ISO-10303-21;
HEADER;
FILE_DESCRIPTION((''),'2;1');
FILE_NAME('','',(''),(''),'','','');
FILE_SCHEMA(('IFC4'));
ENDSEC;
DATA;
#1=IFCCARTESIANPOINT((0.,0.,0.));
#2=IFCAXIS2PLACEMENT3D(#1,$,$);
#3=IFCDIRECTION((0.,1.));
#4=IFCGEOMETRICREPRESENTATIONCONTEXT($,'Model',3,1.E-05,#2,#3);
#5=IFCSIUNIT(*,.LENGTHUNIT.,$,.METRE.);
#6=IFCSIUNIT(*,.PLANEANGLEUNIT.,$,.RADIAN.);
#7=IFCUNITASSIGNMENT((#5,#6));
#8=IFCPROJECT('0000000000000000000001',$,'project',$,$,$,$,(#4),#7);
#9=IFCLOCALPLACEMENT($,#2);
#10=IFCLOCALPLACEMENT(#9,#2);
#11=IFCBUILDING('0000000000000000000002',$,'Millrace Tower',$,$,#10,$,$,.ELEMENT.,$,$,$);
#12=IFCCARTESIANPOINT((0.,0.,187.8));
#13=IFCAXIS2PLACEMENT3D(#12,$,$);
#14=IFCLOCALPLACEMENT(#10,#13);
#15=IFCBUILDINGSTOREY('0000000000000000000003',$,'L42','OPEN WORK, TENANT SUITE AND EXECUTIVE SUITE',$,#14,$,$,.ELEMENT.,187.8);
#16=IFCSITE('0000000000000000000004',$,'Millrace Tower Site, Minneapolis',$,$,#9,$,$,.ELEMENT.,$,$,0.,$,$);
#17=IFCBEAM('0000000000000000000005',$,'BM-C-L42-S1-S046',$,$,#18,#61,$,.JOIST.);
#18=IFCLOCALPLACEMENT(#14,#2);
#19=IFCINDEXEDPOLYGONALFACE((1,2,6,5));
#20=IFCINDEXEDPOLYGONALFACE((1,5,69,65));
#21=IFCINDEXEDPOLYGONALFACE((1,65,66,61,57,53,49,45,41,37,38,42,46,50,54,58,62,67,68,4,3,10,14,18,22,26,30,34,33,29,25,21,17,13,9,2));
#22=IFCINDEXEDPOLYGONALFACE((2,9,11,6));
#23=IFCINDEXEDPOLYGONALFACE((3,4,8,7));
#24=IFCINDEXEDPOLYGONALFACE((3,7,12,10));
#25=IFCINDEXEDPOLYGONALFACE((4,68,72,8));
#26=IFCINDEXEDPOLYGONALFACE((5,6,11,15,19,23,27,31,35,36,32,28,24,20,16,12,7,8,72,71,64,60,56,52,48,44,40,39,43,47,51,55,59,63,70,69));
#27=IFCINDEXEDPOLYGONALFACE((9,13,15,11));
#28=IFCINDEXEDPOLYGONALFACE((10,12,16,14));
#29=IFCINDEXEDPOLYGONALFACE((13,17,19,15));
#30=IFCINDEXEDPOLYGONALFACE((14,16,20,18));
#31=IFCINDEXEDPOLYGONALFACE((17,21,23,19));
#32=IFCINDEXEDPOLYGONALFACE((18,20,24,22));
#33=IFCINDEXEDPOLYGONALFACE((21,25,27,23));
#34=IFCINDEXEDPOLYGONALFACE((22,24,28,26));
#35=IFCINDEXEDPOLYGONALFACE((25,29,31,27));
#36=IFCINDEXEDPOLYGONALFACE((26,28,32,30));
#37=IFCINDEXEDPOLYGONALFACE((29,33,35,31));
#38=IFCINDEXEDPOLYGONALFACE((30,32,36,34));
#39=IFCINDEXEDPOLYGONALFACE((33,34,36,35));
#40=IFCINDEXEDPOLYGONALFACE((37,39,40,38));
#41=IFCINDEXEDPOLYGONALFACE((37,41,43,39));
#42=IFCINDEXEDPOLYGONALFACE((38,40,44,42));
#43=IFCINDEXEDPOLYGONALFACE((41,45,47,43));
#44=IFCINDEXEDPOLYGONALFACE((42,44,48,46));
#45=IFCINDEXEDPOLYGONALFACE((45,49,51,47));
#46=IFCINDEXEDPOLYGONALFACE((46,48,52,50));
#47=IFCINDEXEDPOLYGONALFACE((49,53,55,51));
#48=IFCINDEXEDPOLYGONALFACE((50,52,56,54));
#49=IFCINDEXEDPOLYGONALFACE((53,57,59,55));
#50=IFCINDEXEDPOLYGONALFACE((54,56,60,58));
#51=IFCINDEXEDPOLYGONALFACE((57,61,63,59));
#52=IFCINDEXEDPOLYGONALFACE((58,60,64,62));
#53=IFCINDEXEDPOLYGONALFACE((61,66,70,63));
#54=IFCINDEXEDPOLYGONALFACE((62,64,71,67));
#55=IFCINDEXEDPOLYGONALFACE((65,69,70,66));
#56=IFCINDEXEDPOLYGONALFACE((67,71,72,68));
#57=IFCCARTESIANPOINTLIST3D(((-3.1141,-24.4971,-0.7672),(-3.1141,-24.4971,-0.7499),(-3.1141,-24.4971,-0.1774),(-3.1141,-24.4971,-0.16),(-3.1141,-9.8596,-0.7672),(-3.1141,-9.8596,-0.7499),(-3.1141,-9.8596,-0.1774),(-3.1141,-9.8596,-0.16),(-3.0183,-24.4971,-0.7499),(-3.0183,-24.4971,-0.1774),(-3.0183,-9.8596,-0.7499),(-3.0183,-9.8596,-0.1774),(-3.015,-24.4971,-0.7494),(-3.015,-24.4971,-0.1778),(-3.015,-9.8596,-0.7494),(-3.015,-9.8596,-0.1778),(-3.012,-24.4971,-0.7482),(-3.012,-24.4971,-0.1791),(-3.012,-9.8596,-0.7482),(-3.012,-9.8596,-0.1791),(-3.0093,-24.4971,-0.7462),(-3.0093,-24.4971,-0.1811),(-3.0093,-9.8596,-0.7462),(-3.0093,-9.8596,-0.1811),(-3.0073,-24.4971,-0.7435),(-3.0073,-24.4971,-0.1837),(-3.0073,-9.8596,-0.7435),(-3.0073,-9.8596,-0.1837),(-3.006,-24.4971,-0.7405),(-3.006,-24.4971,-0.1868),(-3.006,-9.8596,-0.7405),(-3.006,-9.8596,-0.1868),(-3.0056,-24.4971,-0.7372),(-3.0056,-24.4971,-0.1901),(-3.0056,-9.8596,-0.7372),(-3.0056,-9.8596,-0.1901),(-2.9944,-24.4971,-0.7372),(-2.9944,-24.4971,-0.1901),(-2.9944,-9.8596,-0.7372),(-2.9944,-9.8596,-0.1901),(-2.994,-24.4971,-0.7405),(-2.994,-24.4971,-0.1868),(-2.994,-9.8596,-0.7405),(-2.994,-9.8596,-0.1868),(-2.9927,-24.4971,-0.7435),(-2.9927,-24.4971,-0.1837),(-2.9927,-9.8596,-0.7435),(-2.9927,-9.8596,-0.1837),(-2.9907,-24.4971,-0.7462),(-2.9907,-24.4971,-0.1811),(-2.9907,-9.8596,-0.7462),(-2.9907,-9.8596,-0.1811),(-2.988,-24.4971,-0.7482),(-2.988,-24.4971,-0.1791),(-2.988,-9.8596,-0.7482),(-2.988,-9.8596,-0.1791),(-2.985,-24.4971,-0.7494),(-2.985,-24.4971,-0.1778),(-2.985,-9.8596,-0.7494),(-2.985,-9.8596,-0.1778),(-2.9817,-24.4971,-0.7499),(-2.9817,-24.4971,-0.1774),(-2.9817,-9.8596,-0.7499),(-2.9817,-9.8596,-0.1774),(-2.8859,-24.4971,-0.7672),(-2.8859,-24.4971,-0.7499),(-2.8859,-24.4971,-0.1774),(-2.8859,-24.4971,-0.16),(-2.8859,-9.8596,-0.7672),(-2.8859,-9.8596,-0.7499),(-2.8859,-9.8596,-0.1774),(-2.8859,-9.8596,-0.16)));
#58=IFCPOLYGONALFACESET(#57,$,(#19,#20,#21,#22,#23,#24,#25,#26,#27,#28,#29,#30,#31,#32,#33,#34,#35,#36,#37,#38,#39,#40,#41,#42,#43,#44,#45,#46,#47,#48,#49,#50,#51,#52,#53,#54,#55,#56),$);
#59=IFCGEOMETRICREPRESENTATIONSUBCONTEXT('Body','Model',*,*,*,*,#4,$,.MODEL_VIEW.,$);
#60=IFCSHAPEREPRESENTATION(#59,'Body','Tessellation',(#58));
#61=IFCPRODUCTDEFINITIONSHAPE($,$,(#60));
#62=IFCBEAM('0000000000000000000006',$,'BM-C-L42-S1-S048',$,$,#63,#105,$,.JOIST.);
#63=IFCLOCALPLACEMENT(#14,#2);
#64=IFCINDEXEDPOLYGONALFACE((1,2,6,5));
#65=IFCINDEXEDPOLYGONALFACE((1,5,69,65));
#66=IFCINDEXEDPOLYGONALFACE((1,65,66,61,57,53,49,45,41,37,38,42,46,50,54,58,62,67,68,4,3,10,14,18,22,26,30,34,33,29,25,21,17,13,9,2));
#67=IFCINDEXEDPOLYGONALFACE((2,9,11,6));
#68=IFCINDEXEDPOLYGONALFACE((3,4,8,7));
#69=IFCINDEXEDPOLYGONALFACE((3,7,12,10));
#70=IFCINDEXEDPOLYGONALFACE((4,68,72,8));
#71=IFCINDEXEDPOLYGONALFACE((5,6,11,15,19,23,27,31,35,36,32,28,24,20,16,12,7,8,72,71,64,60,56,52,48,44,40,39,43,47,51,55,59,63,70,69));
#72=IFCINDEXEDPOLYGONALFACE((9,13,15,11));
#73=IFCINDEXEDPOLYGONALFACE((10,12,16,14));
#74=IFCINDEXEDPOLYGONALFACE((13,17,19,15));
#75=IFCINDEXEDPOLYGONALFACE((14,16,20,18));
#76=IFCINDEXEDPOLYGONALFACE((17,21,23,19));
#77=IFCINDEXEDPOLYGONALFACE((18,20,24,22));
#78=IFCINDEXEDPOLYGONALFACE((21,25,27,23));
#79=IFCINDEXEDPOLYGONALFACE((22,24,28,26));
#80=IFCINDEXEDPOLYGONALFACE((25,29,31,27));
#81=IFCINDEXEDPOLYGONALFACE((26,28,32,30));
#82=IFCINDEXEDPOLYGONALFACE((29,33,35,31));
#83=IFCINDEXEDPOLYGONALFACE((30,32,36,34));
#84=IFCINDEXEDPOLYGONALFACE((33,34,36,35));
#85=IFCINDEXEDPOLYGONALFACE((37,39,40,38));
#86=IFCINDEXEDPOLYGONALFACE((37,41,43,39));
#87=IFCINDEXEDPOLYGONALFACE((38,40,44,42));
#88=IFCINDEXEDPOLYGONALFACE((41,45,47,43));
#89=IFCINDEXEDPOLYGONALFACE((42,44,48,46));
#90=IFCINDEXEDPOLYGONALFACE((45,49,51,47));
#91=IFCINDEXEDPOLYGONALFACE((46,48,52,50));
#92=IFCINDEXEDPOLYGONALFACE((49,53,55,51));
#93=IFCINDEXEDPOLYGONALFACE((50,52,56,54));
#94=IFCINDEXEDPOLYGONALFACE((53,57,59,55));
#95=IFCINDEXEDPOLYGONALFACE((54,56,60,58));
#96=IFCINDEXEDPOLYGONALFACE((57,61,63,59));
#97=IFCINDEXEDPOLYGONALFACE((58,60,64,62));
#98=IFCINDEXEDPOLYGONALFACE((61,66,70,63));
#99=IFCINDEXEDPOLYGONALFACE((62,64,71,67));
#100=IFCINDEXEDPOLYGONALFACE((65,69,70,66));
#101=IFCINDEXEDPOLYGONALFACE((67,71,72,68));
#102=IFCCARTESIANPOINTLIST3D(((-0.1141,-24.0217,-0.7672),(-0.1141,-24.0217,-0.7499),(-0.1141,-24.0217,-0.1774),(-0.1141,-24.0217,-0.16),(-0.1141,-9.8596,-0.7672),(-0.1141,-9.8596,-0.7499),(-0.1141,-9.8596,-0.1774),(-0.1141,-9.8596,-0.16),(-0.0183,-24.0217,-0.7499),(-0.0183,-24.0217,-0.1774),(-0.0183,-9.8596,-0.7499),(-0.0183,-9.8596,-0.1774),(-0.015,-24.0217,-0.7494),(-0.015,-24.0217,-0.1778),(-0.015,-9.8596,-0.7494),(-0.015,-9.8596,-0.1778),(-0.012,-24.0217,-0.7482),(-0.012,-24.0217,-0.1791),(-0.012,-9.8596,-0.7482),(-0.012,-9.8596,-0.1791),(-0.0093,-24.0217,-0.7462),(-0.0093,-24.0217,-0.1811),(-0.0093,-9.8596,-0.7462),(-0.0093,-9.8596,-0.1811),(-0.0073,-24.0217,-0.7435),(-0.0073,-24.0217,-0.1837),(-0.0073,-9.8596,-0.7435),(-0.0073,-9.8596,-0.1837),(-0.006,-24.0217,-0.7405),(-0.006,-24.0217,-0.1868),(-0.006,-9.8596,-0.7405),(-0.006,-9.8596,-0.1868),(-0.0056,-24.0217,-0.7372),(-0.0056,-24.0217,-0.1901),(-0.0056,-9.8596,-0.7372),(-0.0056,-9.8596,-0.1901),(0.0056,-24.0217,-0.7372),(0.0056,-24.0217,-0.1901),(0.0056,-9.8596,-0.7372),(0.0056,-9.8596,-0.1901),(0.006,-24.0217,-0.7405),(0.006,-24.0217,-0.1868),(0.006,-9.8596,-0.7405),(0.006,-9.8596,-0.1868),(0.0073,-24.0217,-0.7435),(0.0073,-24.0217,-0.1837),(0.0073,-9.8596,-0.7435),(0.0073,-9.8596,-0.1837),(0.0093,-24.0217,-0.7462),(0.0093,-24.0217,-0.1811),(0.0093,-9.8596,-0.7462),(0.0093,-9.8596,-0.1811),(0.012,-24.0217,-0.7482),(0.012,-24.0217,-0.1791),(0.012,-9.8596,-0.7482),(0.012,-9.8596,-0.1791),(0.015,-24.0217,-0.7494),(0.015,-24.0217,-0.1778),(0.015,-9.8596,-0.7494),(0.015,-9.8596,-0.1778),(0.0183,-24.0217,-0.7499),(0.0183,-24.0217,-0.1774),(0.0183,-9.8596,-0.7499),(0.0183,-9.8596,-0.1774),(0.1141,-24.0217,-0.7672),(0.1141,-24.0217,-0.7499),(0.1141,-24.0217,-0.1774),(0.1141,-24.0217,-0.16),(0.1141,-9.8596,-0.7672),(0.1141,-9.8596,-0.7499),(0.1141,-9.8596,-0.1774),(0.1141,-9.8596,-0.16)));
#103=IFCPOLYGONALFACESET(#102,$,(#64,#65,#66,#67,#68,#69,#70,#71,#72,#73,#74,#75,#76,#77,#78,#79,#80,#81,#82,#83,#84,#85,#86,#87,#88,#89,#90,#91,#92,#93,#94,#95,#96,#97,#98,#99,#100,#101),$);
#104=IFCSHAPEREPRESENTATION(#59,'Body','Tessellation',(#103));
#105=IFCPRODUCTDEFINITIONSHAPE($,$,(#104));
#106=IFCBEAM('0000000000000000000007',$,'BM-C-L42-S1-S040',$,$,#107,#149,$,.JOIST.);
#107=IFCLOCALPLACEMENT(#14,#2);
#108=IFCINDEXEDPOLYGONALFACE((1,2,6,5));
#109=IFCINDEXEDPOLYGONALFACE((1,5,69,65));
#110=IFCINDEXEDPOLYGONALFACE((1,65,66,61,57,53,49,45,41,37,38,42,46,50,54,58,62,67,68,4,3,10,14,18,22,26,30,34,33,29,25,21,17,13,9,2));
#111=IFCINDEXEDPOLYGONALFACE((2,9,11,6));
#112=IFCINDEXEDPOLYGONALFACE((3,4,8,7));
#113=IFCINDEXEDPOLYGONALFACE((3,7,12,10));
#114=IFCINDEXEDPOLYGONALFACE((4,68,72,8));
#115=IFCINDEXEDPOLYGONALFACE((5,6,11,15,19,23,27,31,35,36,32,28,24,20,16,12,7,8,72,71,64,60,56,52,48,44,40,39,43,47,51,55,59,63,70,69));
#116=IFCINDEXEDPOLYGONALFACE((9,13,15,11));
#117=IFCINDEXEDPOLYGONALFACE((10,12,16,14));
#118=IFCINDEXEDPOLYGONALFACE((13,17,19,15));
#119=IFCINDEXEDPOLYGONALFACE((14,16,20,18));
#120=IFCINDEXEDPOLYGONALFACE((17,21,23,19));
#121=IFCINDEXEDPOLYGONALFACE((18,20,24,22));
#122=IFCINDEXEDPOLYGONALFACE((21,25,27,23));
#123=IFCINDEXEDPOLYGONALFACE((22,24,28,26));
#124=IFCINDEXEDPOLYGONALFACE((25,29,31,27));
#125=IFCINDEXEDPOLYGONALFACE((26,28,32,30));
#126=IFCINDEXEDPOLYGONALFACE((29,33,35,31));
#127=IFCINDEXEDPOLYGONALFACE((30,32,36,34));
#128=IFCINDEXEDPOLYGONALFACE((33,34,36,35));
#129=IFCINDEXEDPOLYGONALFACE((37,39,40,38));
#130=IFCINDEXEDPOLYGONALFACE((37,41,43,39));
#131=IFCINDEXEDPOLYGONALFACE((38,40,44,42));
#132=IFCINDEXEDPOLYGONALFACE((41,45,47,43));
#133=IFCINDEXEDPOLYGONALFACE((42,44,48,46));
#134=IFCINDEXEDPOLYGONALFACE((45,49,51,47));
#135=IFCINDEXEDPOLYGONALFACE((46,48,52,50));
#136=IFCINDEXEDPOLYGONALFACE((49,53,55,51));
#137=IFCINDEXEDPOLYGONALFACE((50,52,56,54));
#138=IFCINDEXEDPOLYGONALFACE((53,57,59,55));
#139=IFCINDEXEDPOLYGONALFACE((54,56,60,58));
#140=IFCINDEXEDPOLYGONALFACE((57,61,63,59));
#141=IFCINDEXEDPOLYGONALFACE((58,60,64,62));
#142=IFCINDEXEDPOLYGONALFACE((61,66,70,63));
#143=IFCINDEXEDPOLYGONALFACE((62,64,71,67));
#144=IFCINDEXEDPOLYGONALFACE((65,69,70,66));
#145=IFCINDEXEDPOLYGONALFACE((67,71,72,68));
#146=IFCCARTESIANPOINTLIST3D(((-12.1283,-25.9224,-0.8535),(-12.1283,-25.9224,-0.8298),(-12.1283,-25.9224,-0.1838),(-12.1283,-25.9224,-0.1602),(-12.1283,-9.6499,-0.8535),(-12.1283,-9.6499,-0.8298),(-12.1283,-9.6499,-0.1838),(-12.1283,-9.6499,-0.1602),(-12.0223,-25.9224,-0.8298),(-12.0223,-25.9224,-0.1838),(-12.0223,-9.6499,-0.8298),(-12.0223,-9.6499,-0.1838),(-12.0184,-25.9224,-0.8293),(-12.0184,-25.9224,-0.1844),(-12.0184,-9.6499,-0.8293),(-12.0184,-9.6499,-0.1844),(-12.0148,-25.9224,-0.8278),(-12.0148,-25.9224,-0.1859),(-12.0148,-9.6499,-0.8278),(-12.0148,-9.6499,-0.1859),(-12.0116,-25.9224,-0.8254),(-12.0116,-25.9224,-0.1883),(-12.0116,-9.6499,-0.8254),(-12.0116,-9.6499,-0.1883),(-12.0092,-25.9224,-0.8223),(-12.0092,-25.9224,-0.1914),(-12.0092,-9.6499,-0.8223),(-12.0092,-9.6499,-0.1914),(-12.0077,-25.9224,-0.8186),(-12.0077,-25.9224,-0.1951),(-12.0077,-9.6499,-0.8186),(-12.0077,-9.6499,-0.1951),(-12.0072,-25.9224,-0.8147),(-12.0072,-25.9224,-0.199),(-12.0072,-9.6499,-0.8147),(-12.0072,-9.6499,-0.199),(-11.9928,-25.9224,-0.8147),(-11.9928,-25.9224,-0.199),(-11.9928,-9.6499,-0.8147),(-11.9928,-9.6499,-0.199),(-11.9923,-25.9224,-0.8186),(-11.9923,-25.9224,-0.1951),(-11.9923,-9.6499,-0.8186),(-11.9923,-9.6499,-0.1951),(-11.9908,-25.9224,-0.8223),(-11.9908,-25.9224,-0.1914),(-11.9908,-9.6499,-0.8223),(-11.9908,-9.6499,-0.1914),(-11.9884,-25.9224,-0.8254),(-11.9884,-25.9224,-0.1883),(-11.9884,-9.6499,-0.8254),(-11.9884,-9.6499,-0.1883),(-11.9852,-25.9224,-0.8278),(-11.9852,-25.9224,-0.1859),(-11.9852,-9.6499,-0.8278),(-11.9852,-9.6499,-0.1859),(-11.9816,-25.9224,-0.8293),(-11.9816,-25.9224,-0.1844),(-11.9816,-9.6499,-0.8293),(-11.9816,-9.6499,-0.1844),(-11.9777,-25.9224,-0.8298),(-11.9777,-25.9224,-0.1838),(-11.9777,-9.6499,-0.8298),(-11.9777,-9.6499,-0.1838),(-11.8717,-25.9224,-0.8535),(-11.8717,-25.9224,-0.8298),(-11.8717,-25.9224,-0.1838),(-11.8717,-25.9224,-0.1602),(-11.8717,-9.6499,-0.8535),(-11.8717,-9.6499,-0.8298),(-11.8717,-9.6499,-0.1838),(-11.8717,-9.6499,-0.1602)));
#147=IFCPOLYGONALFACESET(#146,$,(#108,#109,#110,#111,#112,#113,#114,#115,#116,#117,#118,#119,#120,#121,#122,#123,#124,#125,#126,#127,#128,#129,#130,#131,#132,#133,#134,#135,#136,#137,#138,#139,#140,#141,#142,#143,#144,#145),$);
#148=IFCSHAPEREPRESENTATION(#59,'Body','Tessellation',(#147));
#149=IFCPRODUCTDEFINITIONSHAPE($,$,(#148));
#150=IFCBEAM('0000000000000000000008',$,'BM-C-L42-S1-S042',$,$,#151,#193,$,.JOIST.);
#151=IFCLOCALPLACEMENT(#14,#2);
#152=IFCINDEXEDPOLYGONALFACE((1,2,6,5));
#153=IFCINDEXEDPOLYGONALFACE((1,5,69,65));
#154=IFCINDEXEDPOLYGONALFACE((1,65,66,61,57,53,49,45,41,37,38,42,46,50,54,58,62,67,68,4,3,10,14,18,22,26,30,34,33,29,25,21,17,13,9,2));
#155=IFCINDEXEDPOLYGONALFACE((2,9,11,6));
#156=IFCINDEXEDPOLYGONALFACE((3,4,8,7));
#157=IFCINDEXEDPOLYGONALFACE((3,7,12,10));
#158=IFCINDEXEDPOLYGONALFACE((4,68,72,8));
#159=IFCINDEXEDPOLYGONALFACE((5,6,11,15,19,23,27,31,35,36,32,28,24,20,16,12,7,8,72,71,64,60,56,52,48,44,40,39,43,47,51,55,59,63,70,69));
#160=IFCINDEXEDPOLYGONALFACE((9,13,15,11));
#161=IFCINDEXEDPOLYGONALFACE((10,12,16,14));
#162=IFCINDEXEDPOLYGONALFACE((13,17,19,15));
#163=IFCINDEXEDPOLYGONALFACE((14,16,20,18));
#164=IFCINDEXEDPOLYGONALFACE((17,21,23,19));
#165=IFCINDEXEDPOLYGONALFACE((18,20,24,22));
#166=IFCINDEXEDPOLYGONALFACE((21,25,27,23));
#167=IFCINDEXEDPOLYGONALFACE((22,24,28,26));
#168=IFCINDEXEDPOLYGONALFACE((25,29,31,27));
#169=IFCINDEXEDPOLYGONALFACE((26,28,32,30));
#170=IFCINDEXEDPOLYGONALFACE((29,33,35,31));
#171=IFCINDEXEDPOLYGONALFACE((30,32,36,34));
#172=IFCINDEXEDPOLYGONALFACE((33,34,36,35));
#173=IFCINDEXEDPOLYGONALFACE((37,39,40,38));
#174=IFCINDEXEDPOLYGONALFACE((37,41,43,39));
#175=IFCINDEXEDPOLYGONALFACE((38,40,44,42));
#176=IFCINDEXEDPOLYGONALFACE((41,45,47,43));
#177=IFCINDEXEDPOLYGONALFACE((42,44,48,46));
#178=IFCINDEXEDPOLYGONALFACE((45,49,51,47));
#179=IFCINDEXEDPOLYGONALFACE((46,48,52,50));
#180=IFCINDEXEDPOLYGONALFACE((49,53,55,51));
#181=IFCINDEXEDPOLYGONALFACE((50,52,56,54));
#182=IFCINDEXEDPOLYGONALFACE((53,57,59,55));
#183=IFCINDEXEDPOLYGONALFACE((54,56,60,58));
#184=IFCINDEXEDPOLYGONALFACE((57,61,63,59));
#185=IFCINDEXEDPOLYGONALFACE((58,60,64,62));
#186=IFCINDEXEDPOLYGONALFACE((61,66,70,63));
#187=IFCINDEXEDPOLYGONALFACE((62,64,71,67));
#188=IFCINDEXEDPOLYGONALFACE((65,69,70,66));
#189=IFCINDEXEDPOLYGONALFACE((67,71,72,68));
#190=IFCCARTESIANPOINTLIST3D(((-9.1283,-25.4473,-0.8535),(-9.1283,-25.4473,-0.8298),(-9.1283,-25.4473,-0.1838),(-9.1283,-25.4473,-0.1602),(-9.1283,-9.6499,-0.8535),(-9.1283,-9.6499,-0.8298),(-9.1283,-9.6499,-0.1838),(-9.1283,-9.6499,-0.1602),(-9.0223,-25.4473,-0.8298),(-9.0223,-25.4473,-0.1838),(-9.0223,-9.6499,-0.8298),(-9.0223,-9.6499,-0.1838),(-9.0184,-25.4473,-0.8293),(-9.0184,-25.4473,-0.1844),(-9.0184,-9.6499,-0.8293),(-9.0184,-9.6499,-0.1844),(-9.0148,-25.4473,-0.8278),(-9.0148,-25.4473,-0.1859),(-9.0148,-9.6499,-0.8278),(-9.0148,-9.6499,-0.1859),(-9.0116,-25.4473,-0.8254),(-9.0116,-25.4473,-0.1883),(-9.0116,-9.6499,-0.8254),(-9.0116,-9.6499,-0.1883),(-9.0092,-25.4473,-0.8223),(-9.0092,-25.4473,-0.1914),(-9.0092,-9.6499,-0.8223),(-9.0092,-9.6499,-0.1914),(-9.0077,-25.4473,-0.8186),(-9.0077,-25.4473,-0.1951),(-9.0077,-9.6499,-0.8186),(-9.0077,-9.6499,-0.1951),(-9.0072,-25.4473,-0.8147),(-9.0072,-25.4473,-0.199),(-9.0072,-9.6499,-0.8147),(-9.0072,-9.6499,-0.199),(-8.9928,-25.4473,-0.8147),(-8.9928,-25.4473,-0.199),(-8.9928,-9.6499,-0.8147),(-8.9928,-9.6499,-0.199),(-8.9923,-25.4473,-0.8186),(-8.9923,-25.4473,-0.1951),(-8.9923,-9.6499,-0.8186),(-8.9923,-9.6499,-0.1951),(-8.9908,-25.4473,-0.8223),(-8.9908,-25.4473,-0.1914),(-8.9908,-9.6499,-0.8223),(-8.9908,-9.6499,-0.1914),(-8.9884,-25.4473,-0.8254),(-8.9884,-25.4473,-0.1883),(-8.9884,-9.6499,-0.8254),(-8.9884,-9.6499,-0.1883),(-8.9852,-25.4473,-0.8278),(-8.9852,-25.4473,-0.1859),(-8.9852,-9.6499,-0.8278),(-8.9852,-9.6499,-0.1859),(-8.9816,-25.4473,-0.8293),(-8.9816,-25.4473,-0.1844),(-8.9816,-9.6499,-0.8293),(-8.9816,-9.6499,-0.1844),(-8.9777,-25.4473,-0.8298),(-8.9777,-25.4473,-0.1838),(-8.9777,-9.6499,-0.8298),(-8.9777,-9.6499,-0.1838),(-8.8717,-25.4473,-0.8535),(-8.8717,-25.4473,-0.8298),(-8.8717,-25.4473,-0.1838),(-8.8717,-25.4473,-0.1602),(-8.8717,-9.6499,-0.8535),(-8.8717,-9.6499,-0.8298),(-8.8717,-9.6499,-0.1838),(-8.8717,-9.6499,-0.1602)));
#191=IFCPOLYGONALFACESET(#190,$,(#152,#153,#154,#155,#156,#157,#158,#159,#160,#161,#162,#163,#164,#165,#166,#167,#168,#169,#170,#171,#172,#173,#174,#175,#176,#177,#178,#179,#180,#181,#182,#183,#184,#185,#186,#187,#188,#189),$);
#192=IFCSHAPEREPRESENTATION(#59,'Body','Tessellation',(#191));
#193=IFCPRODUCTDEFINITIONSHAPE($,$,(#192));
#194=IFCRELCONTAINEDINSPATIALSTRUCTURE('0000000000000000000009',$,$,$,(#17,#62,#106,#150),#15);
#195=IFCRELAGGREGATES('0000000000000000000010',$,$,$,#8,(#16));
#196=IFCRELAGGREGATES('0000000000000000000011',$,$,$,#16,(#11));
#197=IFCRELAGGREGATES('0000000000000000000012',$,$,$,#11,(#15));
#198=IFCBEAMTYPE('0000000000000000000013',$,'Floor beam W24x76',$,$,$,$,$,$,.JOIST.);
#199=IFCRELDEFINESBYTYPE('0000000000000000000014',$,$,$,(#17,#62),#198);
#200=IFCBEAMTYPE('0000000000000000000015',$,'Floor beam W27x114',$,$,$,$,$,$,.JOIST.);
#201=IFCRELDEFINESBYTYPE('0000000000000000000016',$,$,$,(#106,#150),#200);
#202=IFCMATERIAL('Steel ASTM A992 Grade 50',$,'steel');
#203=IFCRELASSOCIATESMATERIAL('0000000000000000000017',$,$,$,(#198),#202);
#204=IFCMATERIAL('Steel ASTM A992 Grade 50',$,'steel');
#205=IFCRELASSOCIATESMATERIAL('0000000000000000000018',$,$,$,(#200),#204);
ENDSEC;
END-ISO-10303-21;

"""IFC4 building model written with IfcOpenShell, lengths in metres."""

from ifc_helpers import new_model, si_unit, direction, frame, origin, origin_2d, place, context, subcontext, project, spatial, i_section, extrude, material, material_profile, profile_set, type_object, element, save


model = new_model("IFC4")

# Units and contexts
model_context = context("Model", 3, precision=1e-05, world=origin(), true_north=direction((0.0, 1.0)))
body_context = subcontext(model_context, "Body", "Model", "MODEL_VIEW")
ifc_project = project(units=[si_unit("LENGTHUNIT", "METRE"), si_unit("PLANEANGLEUNIT", "RADIAN")], contexts=[model_context])

# Site, building, storey
site_placement = place(None, origin())
site = spatial("IfcSite", under=ifc_project, at=site_placement, Name="Millrace Tower Site, Minneapolis", CompositionType="ELEMENT", RefElevation=0.0)
building_placement = place(site_placement, origin())
building = spatial("IfcBuilding", under=site, at=building_placement, Name="Millrace Tower", CompositionType="ELEMENT")
storey_placement = place(building_placement, frame((0.0, 0.0, 187.8)))
storey = spatial("IfcBuildingStorey", under=building, at=storey_placement, Name="L42", Description="OPEN WORK, TENANT SUITE AND EXECUTIVE SUITE", CompositionType="ELEMENT", Elevation=187.8)

# Beams
ifc_material_1 = material(Name="Steel ASTM A992 Grade 50", Category="steel")
ifc_material_profile_1 = material_profile(ifc_material_1, i_section(OverallWidth=0.2283, OverallDepth=0.6072, WebThickness=0.0112, FlangeThickness=0.0173, FilletRadius=0.0127, at=origin_2d()))
ifc_profile_set_1 = profile_set([ifc_material_profile_1], Name="Steel ASTM A992 Grade 50")
beam_type_1 = type_object("IfcBeamType", Name="Floor beam W24x76", PredefinedType="JOIST", material=ifc_profile_set_1)
beam_1_placement = place(storey_placement, frame((-3.0, -24.4971, -0.4636), z_axis=(0.0, 1.0, 0.0), x_axis=(-1.0, 0.0, 0.0)))
element("IfcBeam", 1, at=beam_1_placement, inside=storey, type_object=beam_type_1, Name="BM-C-L42-S1-S046", PredefinedType="JOIST", context=body_context, shape_type="SweptSolid", body=[
    extrude(i_section(OverallWidth=0.2283, OverallDepth=0.6072, WebThickness=0.0112, FlangeThickness=0.0173, FilletRadius=0.0127, at=origin_2d()), origin(), (0.0, 0.0, 1.0), 14.6375),
])
beam_2_placement = place(storey_placement, frame((0.0, -24.0217, -0.4636), z_axis=(0.0, 1.0, 0.0), x_axis=(-1.0, 0.0, 0.0)))
element("IfcBeam", 2, at=beam_2_placement, inside=storey, type_object=beam_type_1, Name="BM-C-L42-S1-S048", PredefinedType="JOIST", context=body_context, shape_type="SweptSolid", body=[
    extrude(i_section(OverallWidth=0.2283, OverallDepth=0.6072, WebThickness=0.0112, FlangeThickness=0.0173, FilletRadius=0.0127, at=origin_2d()), origin(), (0.0, 0.0, 1.0), 14.1621),
])
ifc_material_2 = material(Name="Steel ASTM A992 Grade 50", Category="steel")
ifc_material_profile_2 = material_profile(ifc_material_2, i_section(OverallWidth=0.2566, OverallDepth=0.6934, WebThickness=0.0144, FlangeThickness=0.0237, FilletRadius=0.0151, at=origin_2d()))
ifc_profile_set_2 = profile_set([ifc_material_profile_2], Name="Steel ASTM A992 Grade 50")
beam_type_2 = type_object("IfcBeamType", Name="Floor beam W27x114", PredefinedType="JOIST", material=ifc_profile_set_2)
beam_3_placement = place(storey_placement, frame((-12.0, -25.9224, -0.5068), z_axis=(0.0, 1.0, 0.0), x_axis=(-1.0, 0.0, 0.0)))
element("IfcBeam", 3, at=beam_3_placement, inside=storey, type_object=beam_type_2, Name="BM-C-L42-S1-S040", PredefinedType="JOIST", context=body_context, shape_type="SweptSolid", body=[
    extrude(i_section(OverallWidth=0.2566, OverallDepth=0.6934, WebThickness=0.0144, FlangeThickness=0.0237, FilletRadius=0.0151, at=origin_2d()), origin(), (0.0, 0.0, 1.0), 16.2725),
])
beam_4_placement = place(storey_placement, frame((-9.0, -25.4473, -0.5068), z_axis=(0.0, 1.0, 0.0), x_axis=(-1.0, 0.0, 0.0)))
element("IfcBeam", 4, at=beam_4_placement, inside=storey, type_object=beam_type_2, Name="BM-C-L42-S1-S042", PredefinedType="JOIST", context=body_context, shape_type="SweptSolid", body=[
    extrude(i_section(OverallWidth=0.2566, OverallDepth=0.6934, WebThickness=0.0144, FlangeThickness=0.0237, FilletRadius=0.0151, at=origin_2d()), origin(), (0.0, 0.0, 1.0), 15.7974),
])

save(model, "model.ifc")
